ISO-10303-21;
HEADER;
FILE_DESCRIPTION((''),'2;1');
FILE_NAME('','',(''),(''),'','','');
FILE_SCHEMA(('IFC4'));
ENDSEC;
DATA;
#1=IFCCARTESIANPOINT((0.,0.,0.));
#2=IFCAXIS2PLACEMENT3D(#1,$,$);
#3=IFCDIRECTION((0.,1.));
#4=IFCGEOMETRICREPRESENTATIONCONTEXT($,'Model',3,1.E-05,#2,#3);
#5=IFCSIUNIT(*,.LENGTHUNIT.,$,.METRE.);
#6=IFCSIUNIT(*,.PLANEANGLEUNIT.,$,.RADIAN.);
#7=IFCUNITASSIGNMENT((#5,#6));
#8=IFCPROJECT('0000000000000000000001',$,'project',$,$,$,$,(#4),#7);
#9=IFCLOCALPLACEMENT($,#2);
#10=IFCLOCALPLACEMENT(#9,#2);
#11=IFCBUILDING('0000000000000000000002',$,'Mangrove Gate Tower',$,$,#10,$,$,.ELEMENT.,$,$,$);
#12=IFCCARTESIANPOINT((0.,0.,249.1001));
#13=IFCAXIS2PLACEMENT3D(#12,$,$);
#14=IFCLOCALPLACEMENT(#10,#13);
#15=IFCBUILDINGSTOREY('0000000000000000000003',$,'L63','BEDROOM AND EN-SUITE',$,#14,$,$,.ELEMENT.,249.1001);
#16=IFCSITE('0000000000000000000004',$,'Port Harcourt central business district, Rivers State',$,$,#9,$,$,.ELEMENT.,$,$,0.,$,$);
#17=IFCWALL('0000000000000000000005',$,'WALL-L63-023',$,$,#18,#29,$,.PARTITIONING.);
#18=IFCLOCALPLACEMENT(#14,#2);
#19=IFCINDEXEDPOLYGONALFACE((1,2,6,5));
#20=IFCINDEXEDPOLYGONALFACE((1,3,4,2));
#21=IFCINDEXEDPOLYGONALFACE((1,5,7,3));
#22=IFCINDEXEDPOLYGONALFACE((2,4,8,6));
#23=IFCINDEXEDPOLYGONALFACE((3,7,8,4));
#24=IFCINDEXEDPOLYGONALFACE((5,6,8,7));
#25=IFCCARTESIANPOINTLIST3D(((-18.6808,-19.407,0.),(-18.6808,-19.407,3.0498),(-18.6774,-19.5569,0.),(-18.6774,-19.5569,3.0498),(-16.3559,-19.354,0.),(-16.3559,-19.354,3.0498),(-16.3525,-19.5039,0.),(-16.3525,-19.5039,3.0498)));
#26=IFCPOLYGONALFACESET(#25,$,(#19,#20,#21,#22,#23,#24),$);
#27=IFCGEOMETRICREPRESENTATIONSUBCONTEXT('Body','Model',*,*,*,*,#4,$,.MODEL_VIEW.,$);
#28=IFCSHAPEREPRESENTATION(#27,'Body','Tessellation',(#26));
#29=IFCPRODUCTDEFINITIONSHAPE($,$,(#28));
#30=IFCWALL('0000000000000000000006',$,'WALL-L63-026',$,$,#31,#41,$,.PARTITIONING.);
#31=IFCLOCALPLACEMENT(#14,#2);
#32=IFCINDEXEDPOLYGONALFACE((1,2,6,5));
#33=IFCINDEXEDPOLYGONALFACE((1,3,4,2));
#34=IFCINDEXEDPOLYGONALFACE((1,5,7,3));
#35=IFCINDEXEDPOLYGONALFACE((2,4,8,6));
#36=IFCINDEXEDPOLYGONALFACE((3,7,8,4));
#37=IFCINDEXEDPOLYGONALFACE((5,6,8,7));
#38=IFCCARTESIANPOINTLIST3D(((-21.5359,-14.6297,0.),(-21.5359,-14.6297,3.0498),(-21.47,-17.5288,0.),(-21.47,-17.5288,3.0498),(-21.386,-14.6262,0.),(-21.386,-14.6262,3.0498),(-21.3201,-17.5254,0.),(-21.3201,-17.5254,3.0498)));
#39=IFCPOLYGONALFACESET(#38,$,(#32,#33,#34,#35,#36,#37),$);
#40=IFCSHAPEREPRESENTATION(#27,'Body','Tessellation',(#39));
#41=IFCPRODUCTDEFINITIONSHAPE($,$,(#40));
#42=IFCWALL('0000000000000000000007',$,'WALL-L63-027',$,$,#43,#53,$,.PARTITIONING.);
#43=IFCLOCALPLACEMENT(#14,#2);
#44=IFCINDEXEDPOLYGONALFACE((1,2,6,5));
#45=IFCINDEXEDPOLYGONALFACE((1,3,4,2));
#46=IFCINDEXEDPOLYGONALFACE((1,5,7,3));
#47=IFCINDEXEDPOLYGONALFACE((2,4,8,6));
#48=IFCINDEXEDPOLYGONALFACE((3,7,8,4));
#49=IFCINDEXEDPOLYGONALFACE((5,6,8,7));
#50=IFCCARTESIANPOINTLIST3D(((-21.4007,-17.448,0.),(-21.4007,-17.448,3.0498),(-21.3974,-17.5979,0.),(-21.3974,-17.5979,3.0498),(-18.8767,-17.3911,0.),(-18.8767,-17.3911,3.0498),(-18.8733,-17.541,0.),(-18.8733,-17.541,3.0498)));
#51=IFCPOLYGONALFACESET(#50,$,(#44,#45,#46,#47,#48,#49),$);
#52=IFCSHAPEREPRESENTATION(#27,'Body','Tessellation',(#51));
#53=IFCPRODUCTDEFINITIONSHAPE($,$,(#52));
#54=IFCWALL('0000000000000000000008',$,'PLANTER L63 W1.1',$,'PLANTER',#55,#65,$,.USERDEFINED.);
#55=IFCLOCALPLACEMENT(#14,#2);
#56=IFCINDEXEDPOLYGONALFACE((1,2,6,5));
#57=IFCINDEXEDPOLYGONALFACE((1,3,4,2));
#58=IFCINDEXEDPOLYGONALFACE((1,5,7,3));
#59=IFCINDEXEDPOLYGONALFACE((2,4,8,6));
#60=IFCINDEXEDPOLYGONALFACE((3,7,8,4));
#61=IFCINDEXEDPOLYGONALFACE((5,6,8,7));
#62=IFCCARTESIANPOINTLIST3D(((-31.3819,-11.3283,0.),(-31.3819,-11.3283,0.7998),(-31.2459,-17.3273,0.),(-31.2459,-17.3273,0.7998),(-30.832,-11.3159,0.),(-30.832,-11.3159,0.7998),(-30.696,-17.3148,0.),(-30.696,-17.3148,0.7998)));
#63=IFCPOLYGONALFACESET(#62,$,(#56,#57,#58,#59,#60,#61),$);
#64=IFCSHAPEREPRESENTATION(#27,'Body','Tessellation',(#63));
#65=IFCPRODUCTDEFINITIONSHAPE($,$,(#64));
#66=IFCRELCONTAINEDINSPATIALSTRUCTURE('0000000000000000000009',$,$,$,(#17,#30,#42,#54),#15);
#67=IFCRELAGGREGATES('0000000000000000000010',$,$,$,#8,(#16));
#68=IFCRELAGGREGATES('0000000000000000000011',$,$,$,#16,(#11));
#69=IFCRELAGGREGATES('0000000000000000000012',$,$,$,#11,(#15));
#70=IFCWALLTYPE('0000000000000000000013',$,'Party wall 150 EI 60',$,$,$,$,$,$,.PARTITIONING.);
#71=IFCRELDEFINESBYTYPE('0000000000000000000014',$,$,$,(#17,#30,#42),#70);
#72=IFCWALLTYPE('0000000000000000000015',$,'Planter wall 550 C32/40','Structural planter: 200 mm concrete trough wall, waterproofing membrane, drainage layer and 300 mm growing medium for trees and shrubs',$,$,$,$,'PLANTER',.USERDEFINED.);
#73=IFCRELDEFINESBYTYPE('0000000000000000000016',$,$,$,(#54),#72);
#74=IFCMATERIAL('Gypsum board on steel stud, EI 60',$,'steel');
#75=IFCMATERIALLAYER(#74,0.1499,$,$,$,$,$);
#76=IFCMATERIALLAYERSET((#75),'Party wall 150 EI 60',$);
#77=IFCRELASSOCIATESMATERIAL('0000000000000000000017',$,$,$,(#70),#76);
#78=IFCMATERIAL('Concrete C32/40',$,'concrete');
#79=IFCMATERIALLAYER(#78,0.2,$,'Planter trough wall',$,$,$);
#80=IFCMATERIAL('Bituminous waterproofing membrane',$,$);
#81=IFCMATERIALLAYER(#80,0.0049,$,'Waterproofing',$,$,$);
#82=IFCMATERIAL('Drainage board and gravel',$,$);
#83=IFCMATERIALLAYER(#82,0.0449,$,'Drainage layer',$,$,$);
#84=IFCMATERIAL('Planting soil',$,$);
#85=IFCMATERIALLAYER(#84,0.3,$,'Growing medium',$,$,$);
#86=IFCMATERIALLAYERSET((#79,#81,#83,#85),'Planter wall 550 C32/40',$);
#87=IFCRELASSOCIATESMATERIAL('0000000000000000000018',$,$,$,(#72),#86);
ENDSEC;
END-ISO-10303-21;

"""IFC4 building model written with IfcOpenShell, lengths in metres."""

from ifc_helpers import new_model, si_unit, direction, frame, frame_2d, origin, place, context, subcontext, project, spatial, rectangle, extrude, material, layer, layer_set, type_object, element, save


model = new_model("IFC4")

# Units and contexts
model_context = context("Model", 3, precision=1e-05, world=origin(), true_north=direction((0.0, 1.0)))
body_context = subcontext(model_context, "Body", "Model", "MODEL_VIEW")
ifc_project = project(units=[si_unit("LENGTHUNIT", "METRE"), si_unit("PLANEANGLEUNIT", "RADIAN")], contexts=[model_context])

# Site, building, storey
site_placement = place(None, origin())
site = spatial("IfcSite", under=ifc_project, at=site_placement, Name="Port Harcourt central business district, Rivers State", CompositionType="ELEMENT", RefElevation=0.0)
building_placement = place(site_placement, origin())
building = spatial("IfcBuilding", under=site, at=building_placement, Name="Mangrove Gate Tower", CompositionType="ELEMENT")
storey_placement = place(building_placement, frame((0.0, 0.0, 249.1001)))
storey = spatial("IfcBuildingStorey", under=building, at=storey_placement, Name="L63", Description="BEDROOM AND EN-SUITE", CompositionType="ELEMENT", Elevation=249.1001)

# Walls
ifc_material_1 = material(Name="Gypsum board on steel stud, EI 60", Category="steel")
ifc_layer_1 = layer(ifc_material_1, 0.1499)
ifc_layer_set_1 = layer_set([ifc_layer_1], Name="Party wall 150 EI 60")
wall_type_1 = type_object("IfcWallType", Name="Party wall 150 EI 60", PredefinedType="PARTITIONING", material=ifc_layer_set_1)
wall_1_placement = place(storey_placement, frame((-18.679, -19.4819, 0.0), z_axis=(0.0, 0.0, 1.0), x_axis=(0.99974, 0.022781, 0.0)))
element("IfcWall", 1, at=wall_1_placement, inside=storey, type_object=wall_type_1, Name="WALL-L63-023", PredefinedType="PARTITIONING", context=body_context, shape_type="SweptSolid", body=[
    extrude(rectangle(XDim=2.3254, YDim=0.1499, at=frame_2d((1.1626, 0.0))), origin(), (0.0, 0.0, 1.0), 3.0498),
])
wall_2_placement = place(storey_placement, frame((-21.395, -17.5271, 0.0), z_axis=(0.0, 0.0, 1.0), x_axis=(-0.022731, 0.999742, 0.0)))
element("IfcWall", 2, at=wall_2_placement, inside=storey, type_object=wall_type_1, Name="WALL-L63-026", PredefinedType="PARTITIONING", context=body_context, shape_type="SweptSolid", body=[
    extrude(rectangle(XDim=2.8999, YDim=0.1499, at=frame_2d((1.45, 0.0))), origin(), (0.0, 0.0, 1.0), 3.0498),
])
wall_3_placement = place(storey_placement, frame((-21.3989, -17.5229, 0.0), z_axis=(0.0, 0.0, 1.0), x_axis=(0.999746, 0.022532, 0.0)))
element("IfcWall", 3, at=wall_3_placement, inside=storey, type_object=wall_type_1, Name="WALL-L63-027", PredefinedType="PARTITIONING", context=body_context, shape_type="SweptSolid", body=[
    extrude(rectangle(XDim=2.5247, YDim=0.1499, at=frame_2d((1.2622, 0.0))), origin(), (0.0, 0.0, 1.0), 3.0498),
])
ifc_material_2 = material(Name="Concrete C32/40", Category="concrete")
ifc_layer_2 = layer(ifc_material_2, 0.2, Name="Planter trough wall")
ifc_material_3 = material(Name="Bituminous waterproofing membrane")
ifc_layer_3 = layer(ifc_material_3, 0.0049, Name="Waterproofing")
ifc_material_4 = material(Name="Drainage board and gravel")
ifc_layer_4 = layer(ifc_material_4, 0.0449, Name="Drainage layer")
ifc_material_5 = material(Name="Planting soil")
ifc_layer_5 = layer(ifc_material_5, 0.3, Name="Growing medium")
ifc_layer_set_2 = layer_set([ifc_layer_2, ifc_layer_3, ifc_layer_4, ifc_layer_5], Name="Planter wall 550 C32/40")
wall_type_2 = type_object("IfcWallType", Name="Planter wall 550 C32/40", Description="Structural planter: 200 mm concrete trough wall, waterproofing membrane, drainage layer and 300 mm growing medium for trees and shrubs", ElementType="PLANTER", PredefinedType="USERDEFINED", material=ifc_layer_set_2)
wall_4_placement = place(storey_placement, frame((-30.9709, -17.321, 0.0), z_axis=(0.0, 0.0, 1.0), x_axis=(-0.022662, 0.999743, 0.0)))
element("IfcWall", 4, at=wall_4_placement, inside=storey, type_object=wall_type_2, Name="PLANTER L63 W1.1", ObjectType="PLANTER", PredefinedType="USERDEFINED", context=body_context, shape_type="SweptSolid", body=[
    extrude(rectangle(XDim=6.0005, YDim=0.55, at=frame_2d((3.0002, 0.0))), origin(), (0.0, 0.0, 1.0), 0.7998),
])

save(model, "model.ifc")
